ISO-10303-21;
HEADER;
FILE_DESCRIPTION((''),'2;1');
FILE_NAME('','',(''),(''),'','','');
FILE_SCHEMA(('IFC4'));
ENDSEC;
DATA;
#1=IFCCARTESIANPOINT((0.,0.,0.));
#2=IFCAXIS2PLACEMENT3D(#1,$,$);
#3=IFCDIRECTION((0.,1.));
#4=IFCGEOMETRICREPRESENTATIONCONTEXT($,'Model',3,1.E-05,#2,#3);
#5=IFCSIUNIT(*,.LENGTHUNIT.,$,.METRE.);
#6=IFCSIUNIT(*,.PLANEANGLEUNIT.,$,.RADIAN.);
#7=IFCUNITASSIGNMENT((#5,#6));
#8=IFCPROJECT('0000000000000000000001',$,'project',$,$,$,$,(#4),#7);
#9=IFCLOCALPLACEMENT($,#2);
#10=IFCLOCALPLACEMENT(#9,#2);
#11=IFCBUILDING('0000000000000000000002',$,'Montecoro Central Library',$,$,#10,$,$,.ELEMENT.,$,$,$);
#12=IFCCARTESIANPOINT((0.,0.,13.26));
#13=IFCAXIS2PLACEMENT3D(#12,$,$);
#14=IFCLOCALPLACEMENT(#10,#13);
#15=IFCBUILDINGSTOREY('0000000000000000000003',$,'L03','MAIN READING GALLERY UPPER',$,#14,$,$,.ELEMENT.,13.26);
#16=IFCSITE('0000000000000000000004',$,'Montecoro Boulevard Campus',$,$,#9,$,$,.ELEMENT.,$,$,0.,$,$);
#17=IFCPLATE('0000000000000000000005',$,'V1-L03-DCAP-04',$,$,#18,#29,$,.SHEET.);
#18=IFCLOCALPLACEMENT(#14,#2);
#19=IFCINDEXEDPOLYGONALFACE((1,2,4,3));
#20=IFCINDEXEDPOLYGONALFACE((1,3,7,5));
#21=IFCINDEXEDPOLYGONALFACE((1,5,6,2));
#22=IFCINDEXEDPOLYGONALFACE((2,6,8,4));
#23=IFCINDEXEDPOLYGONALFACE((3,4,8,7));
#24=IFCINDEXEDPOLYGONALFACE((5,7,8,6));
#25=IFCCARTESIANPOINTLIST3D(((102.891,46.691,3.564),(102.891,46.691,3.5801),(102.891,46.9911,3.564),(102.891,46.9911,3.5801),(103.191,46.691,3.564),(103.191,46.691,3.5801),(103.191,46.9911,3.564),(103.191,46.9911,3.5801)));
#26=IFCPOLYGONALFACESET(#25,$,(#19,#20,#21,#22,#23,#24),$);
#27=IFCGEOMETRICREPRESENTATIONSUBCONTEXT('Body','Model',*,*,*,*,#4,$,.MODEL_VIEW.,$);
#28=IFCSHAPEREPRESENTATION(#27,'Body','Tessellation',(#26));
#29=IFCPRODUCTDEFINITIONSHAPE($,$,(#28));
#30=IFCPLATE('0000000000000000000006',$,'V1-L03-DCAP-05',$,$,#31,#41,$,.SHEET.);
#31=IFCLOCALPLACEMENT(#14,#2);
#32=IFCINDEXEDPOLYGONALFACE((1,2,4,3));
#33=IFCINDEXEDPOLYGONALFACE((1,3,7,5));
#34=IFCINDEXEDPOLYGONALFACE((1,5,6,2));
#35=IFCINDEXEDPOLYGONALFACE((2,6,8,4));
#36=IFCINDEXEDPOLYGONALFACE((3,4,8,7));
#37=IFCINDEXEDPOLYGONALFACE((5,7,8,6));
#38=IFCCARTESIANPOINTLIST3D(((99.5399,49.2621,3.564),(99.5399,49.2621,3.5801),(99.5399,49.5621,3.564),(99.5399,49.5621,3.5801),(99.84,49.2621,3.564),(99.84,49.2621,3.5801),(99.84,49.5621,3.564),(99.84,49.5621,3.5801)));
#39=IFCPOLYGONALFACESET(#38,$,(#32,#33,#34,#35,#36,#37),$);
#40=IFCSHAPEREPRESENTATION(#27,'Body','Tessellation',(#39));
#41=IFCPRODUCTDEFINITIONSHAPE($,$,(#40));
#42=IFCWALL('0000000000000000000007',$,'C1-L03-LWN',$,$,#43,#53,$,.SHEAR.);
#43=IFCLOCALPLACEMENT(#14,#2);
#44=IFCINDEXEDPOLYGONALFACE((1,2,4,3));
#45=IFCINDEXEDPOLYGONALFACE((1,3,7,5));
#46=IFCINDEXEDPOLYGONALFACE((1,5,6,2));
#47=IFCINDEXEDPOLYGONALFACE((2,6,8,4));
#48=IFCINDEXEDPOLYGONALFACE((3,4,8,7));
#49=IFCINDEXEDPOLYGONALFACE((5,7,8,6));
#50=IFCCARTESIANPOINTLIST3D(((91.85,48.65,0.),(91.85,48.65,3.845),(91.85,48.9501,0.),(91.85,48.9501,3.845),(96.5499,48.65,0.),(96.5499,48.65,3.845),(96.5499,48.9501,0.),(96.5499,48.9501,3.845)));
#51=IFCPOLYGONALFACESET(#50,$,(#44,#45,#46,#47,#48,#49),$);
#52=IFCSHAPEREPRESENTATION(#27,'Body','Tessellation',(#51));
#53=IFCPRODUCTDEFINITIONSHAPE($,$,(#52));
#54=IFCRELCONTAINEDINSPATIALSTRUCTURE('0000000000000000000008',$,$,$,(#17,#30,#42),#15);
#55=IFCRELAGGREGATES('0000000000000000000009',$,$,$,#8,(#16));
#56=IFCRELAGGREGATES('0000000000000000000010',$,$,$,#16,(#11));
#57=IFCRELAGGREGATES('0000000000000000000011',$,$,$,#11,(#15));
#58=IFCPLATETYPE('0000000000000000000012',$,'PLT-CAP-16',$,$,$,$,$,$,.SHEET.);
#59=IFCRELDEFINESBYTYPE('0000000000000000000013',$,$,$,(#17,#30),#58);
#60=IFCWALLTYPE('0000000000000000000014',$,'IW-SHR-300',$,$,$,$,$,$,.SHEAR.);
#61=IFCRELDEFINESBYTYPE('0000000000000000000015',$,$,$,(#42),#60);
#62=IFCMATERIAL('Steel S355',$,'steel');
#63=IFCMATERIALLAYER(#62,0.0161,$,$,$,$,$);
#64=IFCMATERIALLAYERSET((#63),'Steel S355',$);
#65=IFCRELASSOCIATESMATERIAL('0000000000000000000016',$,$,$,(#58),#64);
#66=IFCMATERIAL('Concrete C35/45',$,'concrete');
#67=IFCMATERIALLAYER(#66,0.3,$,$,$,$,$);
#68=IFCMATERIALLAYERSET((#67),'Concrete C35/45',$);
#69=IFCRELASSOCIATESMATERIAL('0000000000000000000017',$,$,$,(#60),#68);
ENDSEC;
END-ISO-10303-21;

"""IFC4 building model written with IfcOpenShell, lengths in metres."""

from ifc_helpers import new_model, si_unit, direction, frame, frame_2d, origin, origin_2d, place, context, subcontext, project, spatial, rectangle, extrude, material, layer, layer_set, type_object, element, save


model = new_model("IFC4")

# Units and contexts
model_context = context("Model", 3, precision=1e-05, world=origin(), true_north=direction((0.0, 1.0)))
body_context = subcontext(model_context, "Body", "Model", "MODEL_VIEW")
ifc_project = project(units=[si_unit("LENGTHUNIT", "METRE"), si_unit("PLANEANGLEUNIT", "RADIAN")], contexts=[model_context])

# Site, building, storey
site_placement = place(None, origin())
site = spatial("IfcSite", under=ifc_project, at=site_placement, Name="Montecoro Boulevard Campus", CompositionType="ELEMENT", RefElevation=0.0)
building_placement = place(site_placement, origin())
building = spatial("IfcBuilding", under=site, at=building_placement, Name="Montecoro Central Library", CompositionType="ELEMENT")
storey_placement = place(building_placement, frame((0.0, 0.0, 13.26)))
storey = spatial("IfcBuildingStorey", under=building, at=storey_placement, Name="L03", Description="MAIN READING GALLERY UPPER", CompositionType="ELEMENT", Elevation=13.26)

# Shared definitions
ifc_material_1 = material(Name="Steel S355", Category="steel")

# Plates
ifc_layer_1 = layer(ifc_material_1, 0.0161)
ifc_layer_set_1 = layer_set([ifc_layer_1], Name="Steel S355")
plate_type_1 = type_object("IfcPlateType", Name="PLT-CAP-16", PredefinedType="SHEET", material=ifc_layer_set_1)
for number, where, z_axis, x_axis, name in (
    (1, (103.041, 46.8411, 3.564), (0.0, 0.0, 1.0), (1.0, 0.0, 0.0), "V1-L03-DCAP-04"),
    (2, (99.6899, 49.4121, 3.564), (0.0, 0.0, 1.0), (1.0, 0.0, 0.0), "V1-L03-DCAP-05"),
):
    element("IfcPlate", number, at=place(storey_placement, frame(where, z_axis=z_axis, x_axis=x_axis)), inside=storey, type_object=plate_type_1, Name=name, PredefinedType="SHEET", context=body_context, shape_type="SweptSolid", body=[
        extrude(rectangle(XDim=0.3, YDim=0.3, at=origin_2d()), origin(), (0.0, 0.0, 1.0), 0.0161),
    ])

# Wall
ifc_material_2 = material(Name="Concrete C35/45", Category="concrete")
ifc_layer_2 = layer(ifc_material_2, 0.3)
ifc_layer_set_2 = layer_set([ifc_layer_2], Name="Concrete C35/45")
wall_type_1 = type_object("IfcWallType", Name="IW-SHR-300", PredefinedType="SHEAR", material=ifc_layer_set_2)
wall_1_placement = place(storey_placement, frame((96.55, 48.8, 0.0), z_axis=(0.0, 0.0, 1.0), x_axis=(-1.0, 0.0, 0.0)))
element("IfcWall", 3, at=wall_1_placement, inside=storey, type_object=wall_type_1, Name="C1-L03-LWN", PredefinedType="SHEAR", context=body_context, shape_type="SweptSolid", body=[
    extrude(rectangle(XDim=4.7, YDim=0.3, at=frame_2d((2.3501, 0.0))), origin(), (0.0, 0.0, 1.0), 3.845),
])

save(model, "model.ifc")
